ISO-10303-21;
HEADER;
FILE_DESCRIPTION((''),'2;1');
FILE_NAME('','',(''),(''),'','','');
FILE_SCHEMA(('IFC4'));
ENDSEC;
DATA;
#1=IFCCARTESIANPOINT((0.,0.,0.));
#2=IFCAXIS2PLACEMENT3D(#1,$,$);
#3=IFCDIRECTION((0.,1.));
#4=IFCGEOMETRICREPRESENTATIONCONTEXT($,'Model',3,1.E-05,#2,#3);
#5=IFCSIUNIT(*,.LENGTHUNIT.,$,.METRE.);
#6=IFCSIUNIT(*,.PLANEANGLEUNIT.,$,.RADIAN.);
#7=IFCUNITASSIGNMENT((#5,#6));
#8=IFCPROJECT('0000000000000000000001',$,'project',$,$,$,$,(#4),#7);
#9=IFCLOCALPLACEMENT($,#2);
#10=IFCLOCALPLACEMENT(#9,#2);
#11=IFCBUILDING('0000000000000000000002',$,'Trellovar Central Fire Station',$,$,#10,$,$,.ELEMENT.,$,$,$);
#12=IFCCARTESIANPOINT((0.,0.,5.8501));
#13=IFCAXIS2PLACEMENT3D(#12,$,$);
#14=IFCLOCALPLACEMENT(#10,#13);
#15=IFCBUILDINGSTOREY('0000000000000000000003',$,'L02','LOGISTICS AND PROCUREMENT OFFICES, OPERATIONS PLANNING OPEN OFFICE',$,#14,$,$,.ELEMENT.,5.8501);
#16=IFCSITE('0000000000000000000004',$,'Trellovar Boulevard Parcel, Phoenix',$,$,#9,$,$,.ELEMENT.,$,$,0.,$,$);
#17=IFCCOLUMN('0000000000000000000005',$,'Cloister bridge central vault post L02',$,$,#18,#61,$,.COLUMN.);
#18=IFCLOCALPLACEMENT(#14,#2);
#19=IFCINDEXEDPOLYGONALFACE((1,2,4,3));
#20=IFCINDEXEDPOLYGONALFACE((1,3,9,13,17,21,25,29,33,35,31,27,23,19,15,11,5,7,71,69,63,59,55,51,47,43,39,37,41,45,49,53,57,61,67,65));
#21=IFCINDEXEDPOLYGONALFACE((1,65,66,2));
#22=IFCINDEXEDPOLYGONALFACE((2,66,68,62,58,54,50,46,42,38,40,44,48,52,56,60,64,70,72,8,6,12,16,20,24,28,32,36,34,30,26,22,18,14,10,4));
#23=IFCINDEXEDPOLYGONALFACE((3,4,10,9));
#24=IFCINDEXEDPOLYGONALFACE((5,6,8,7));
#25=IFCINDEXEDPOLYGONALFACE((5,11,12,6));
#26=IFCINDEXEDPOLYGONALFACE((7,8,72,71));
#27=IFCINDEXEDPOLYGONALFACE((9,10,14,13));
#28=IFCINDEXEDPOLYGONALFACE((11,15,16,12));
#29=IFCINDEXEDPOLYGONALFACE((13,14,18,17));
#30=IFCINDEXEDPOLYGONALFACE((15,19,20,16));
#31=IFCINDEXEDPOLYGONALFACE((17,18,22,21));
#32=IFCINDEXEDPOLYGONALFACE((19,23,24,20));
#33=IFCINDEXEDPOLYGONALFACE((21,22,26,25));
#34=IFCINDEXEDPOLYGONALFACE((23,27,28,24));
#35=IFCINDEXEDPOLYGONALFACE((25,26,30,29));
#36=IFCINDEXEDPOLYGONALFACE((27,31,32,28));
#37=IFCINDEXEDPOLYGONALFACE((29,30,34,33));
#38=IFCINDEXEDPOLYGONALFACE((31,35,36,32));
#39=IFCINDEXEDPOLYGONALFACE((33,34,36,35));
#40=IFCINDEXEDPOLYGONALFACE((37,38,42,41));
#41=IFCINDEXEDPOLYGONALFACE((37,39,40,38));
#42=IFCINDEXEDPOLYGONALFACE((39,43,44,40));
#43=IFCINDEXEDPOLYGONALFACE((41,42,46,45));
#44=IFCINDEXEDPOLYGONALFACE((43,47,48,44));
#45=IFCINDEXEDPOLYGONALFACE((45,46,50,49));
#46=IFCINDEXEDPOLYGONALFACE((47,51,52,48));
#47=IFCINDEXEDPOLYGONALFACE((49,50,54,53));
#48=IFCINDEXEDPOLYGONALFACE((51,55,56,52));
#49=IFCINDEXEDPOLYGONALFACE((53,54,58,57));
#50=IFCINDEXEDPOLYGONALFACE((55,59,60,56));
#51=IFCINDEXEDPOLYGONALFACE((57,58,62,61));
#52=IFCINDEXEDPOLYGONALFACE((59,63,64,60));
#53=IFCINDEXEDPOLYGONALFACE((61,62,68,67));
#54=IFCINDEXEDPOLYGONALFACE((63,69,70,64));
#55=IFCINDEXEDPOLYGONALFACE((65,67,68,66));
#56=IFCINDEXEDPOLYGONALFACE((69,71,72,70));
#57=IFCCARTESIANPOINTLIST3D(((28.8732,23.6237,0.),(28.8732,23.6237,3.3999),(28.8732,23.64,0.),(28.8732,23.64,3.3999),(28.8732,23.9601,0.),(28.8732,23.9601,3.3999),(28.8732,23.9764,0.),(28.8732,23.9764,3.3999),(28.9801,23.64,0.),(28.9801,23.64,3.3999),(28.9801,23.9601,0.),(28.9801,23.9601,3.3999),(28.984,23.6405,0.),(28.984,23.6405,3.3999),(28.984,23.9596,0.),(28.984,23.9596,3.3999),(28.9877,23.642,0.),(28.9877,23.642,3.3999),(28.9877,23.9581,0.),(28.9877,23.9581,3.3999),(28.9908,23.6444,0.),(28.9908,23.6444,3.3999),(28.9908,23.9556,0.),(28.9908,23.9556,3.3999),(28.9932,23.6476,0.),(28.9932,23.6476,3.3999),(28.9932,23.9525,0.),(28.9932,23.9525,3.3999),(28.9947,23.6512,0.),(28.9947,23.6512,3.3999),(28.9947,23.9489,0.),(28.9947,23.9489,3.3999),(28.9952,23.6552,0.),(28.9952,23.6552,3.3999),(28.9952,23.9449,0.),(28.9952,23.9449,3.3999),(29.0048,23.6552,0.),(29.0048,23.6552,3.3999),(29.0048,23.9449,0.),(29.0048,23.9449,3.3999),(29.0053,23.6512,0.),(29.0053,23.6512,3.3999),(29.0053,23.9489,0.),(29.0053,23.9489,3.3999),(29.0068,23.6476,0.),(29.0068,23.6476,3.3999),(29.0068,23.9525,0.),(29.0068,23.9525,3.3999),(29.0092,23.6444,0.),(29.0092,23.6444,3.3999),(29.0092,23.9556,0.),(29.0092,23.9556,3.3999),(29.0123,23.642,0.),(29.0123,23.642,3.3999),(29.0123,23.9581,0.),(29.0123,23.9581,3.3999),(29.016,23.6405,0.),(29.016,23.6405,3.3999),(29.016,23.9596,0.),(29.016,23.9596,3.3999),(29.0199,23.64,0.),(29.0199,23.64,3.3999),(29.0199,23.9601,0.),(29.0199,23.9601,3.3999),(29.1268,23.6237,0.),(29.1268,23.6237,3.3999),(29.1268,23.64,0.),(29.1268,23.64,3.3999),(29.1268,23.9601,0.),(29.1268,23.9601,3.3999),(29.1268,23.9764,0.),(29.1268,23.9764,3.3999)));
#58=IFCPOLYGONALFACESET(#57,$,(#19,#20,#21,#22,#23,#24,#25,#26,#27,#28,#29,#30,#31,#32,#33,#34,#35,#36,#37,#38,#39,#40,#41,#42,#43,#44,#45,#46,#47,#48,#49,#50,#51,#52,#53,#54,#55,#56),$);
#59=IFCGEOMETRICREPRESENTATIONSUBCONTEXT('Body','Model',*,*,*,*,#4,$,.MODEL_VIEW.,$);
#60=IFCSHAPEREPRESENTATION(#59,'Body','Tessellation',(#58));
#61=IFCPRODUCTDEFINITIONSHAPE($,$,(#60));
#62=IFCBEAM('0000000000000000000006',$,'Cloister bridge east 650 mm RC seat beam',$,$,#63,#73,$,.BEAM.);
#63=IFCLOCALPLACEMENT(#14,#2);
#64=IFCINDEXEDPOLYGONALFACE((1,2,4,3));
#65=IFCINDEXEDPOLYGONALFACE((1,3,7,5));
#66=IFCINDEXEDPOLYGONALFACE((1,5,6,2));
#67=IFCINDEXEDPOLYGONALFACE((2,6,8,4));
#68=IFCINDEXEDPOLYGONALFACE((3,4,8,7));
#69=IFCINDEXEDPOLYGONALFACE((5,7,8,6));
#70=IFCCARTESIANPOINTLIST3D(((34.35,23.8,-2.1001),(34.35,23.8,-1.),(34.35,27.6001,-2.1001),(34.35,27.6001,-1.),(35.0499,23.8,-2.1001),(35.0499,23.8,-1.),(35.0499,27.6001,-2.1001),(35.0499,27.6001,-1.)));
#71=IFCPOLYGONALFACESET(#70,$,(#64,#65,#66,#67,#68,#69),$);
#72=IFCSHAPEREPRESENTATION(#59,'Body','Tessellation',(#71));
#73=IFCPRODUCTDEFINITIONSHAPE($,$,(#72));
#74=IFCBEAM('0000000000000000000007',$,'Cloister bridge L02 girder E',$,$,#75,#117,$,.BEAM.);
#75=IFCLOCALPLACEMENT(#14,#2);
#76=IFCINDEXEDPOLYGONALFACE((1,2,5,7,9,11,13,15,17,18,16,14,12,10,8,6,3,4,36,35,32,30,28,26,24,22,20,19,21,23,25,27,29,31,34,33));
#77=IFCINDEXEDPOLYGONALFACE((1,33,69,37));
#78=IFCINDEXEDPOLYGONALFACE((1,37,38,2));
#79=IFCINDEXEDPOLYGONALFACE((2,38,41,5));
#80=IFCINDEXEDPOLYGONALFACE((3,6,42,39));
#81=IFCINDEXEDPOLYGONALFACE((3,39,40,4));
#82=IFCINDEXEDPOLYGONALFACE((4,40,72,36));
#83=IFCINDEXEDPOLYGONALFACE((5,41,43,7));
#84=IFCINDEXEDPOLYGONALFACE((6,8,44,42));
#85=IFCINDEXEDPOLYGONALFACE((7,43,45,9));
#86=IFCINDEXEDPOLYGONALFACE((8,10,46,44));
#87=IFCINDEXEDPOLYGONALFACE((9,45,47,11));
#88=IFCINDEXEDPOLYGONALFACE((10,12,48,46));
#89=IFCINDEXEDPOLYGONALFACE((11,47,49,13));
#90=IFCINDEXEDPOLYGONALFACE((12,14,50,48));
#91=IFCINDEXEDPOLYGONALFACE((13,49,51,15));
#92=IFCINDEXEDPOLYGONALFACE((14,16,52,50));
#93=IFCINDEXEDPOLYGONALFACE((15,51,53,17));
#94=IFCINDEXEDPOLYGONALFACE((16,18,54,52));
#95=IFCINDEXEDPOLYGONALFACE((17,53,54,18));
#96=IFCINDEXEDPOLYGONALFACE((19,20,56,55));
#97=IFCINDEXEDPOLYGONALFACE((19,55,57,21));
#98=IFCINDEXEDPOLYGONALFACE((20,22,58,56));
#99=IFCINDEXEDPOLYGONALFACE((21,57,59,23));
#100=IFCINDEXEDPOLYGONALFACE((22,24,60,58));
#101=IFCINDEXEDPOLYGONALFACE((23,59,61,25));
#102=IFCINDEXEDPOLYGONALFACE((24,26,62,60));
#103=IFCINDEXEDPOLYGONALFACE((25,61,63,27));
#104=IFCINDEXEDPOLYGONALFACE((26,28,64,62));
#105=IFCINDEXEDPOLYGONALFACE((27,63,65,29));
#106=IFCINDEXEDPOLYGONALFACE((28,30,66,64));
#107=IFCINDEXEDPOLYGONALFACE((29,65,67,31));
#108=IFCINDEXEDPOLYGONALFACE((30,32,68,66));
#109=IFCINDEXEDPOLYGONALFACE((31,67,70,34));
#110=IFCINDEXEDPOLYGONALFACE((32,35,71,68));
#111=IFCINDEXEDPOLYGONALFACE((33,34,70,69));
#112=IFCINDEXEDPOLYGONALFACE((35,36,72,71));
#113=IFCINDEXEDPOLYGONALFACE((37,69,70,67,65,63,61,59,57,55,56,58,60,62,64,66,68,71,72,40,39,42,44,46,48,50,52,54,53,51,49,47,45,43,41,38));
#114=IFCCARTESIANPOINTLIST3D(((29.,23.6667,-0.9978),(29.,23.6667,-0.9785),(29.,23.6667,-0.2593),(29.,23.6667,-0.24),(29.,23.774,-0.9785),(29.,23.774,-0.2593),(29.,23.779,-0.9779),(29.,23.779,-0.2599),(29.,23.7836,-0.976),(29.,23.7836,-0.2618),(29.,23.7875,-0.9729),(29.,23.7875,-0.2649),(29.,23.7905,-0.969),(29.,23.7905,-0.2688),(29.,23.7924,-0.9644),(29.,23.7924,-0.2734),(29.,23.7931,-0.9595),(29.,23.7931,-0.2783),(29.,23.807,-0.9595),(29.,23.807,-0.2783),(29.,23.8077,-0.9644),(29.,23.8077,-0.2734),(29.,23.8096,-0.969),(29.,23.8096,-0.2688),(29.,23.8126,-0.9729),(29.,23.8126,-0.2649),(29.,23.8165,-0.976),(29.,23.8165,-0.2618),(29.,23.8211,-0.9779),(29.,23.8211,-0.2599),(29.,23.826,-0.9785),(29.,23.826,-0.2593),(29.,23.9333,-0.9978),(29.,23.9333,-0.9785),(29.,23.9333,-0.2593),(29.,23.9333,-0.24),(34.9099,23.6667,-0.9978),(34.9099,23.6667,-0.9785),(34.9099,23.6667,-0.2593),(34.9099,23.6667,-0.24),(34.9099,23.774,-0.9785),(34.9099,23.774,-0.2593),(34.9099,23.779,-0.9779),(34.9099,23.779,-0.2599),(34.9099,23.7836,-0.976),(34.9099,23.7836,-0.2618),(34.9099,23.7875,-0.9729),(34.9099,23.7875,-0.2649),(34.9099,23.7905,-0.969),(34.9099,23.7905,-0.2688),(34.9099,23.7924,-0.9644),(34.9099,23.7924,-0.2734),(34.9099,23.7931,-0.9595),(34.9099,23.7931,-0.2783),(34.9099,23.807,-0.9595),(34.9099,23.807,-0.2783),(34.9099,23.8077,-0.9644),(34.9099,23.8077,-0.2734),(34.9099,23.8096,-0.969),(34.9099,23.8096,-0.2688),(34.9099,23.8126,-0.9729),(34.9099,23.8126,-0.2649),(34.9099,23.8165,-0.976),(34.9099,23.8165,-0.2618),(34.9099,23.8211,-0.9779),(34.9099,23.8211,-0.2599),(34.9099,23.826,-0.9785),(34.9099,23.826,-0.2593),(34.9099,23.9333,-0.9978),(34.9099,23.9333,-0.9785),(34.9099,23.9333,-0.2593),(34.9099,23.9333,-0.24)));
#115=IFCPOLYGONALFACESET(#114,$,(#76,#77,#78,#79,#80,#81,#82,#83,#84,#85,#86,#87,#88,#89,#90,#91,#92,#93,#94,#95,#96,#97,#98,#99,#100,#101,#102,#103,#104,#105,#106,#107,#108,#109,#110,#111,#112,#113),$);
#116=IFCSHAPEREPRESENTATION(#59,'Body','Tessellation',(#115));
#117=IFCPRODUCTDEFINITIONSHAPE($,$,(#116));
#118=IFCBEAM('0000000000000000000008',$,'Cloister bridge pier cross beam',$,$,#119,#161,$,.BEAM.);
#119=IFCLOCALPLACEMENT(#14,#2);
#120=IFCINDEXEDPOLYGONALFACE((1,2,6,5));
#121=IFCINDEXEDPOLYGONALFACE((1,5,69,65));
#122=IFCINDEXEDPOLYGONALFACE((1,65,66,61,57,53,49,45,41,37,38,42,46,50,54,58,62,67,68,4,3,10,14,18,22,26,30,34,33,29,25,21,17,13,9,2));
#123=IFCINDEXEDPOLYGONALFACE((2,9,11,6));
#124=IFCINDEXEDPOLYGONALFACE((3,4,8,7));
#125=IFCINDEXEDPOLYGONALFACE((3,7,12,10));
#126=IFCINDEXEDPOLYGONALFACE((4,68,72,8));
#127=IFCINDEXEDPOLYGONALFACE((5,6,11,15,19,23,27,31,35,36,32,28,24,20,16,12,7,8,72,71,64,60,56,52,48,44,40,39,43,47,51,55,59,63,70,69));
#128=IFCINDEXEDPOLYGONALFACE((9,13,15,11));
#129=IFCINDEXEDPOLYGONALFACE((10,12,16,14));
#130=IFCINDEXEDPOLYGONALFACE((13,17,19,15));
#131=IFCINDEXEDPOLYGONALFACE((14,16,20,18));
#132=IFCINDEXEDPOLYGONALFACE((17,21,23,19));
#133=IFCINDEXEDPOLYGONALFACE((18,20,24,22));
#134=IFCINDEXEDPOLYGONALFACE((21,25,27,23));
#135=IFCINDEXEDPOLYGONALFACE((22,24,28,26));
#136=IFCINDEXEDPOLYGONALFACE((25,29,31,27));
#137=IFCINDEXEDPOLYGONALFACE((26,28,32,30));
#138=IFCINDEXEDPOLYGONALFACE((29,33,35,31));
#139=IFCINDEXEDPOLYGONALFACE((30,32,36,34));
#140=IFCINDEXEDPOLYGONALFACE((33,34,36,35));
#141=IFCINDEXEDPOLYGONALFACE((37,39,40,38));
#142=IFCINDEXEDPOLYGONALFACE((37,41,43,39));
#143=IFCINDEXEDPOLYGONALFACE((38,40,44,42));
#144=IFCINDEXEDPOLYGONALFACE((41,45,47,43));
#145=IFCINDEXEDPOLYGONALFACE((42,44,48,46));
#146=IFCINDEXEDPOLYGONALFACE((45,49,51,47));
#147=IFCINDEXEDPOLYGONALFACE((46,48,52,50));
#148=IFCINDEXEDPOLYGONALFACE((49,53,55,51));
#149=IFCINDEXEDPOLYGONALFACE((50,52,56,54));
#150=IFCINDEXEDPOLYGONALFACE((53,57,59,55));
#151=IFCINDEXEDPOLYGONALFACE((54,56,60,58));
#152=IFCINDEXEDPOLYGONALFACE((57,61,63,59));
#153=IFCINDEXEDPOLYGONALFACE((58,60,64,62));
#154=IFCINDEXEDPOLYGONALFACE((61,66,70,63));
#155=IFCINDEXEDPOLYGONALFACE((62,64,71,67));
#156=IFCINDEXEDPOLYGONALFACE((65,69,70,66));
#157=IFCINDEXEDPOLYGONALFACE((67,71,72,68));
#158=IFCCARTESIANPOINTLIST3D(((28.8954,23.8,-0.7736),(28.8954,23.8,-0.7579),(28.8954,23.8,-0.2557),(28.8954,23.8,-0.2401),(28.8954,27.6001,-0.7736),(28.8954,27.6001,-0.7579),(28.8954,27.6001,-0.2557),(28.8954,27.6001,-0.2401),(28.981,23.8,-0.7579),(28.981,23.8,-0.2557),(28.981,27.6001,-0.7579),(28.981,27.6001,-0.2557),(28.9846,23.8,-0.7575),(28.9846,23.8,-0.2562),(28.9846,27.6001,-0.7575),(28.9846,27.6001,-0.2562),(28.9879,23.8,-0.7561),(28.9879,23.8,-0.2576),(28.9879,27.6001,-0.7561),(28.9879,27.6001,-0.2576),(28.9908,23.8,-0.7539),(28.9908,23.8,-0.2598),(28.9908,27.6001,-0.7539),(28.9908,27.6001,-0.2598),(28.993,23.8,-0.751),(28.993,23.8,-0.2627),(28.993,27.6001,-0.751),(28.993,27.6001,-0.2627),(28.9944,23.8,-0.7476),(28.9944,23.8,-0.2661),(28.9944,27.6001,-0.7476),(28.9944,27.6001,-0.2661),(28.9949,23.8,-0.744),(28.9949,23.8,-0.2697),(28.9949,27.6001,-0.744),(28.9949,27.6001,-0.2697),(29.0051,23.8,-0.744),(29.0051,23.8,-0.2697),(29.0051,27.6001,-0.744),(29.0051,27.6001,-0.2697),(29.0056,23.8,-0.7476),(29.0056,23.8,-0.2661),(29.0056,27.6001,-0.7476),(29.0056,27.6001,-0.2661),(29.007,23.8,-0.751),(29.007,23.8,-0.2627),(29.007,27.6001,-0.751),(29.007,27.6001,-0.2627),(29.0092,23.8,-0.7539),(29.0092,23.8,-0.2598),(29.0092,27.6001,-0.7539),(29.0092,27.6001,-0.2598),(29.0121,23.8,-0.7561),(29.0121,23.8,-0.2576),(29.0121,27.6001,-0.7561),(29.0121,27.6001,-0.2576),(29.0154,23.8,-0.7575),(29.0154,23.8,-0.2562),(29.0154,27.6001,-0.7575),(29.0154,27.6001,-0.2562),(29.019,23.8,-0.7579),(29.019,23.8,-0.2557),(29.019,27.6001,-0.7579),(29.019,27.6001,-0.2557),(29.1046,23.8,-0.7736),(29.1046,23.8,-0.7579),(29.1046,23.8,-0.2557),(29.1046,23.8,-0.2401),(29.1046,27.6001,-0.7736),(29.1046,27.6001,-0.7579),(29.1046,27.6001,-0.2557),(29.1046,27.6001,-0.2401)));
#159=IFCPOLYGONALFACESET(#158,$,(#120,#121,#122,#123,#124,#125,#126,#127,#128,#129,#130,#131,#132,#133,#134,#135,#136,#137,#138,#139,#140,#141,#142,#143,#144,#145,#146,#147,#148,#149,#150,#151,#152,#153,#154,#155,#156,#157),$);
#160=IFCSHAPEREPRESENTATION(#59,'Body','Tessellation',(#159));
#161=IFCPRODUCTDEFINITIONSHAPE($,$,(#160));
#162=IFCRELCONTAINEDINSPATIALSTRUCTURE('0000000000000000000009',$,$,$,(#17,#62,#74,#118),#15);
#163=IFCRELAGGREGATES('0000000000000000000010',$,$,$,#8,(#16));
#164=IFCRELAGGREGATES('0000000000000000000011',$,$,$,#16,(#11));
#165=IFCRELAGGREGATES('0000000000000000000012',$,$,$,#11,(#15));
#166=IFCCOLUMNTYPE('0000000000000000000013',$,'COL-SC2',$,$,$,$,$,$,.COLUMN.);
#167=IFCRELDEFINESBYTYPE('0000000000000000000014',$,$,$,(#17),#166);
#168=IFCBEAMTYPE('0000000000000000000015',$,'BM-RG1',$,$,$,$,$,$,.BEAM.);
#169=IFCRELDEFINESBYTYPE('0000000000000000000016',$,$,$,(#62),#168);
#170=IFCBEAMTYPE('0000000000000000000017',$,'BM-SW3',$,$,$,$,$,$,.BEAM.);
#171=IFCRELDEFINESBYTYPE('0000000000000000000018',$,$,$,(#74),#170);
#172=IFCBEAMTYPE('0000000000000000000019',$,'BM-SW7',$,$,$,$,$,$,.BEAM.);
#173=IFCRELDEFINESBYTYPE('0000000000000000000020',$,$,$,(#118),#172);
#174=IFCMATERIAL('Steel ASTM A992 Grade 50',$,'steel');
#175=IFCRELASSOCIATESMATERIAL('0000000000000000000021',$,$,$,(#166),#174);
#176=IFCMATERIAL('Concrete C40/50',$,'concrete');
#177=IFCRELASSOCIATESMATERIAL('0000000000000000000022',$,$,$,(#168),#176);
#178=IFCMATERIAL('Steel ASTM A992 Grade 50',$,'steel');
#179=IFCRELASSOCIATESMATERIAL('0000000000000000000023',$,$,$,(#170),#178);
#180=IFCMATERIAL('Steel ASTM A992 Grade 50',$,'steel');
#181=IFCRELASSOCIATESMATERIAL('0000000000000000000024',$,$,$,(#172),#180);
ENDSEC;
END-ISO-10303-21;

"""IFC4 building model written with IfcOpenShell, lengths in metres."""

from ifc_helpers import new_model, si_unit, direction, frame, origin, origin_2d, place, context, subcontext, project, spatial, rectangle, i_section, extrude, material, material_profile, profile_set, type_object, element, save


model = new_model("IFC4")

# Units and contexts
model_context = context("Model", 3, precision=1e-05, world=origin(), true_north=direction((0.0, 1.0)))
body_context = subcontext(model_context, "Body", "Model", "MODEL_VIEW")
ifc_project = project(units=[si_unit("LENGTHUNIT", "METRE"), si_unit("PLANEANGLEUNIT", "RADIAN")], contexts=[model_context])

# Site, building, storey
site_placement = place(None, origin())
site = spatial("IfcSite", under=ifc_project, at=site_placement, Name="Trellovar Boulevard Parcel, Phoenix", CompositionType="ELEMENT", RefElevation=0.0)
building_placement = place(site_placement, origin())
building = spatial("IfcBuilding", under=site, at=building_placement, Name="Trellovar Central Fire Station", CompositionType="ELEMENT")
storey_placement = place(building_placement, frame((0.0, 0.0, 5.8501)))
storey = spatial("IfcBuildingStorey", under=building, at=storey_placement, Name="L02", Description="LOGISTICS AND PROCUREMENT OFFICES, OPERATIONS PLANNING OPEN OFFICE", CompositionType="ELEMENT", Elevation=5.8501)

# Column
ifc_material_1 = material(Name="Steel ASTM A992 Grade 50", Category="steel")
ifc_material_profile_1 = material_profile(ifc_material_1, i_section(OverallWidth=0.2537, OverallDepth=0.3528, WebThickness=0.0095, FlangeThickness=0.0164, FilletRadius=0.0151, at=origin_2d()), Name="W14X61")
ifc_profile_set_1 = profile_set([ifc_material_profile_1], Name="Steel ASTM A992 Grade 50")
column_type = type_object("IfcColumnType", Name="COL-SC2", PredefinedType="COLUMN", material=ifc_profile_set_1)
column_placement = place(storey_placement, frame((29.0, 23.8, 0.0), z_axis=(0.0, 0.0, 1.0), x_axis=(1.0, 0.0, 0.0)))
element("IfcColumn", 1, at=column_placement, inside=storey, type_object=column_type, Name="Cloister bridge central vault post L02", PredefinedType="COLUMN", context=body_context, shape_type="SweptSolid", body=[
    extrude(i_section(OverallWidth=0.2537, OverallDepth=0.3528, WebThickness=0.0095, FlangeThickness=0.0164, FilletRadius=0.0151, at=origin_2d()), origin(), (0.0, 0.0, 1.0), 3.3999),
])

# Beams
ifc_material_2 = material(Name="Concrete C40/50", Category="concrete")
ifc_material_profile_2 = material_profile(ifc_material_2, rectangle(XDim=0.7, YDim=1.1001, at=origin_2d()), Name="RC700X1100")
ifc_profile_set_2 = profile_set([ifc_material_profile_2], Name="Concrete C40/50")
beam_type_1 = type_object("IfcBeamType", Name="BM-RG1", PredefinedType="BEAM", material=ifc_profile_set_2)
beam_1_placement = place(storey_placement, frame((34.7, 23.8, -1.55), z_axis=(0.0, 1.0, 0.0), x_axis=(-1.0, 0.0, 0.0)))
element("IfcBeam", 2, at=beam_1_placement, inside=storey, type_object=beam_type_1, Name="Cloister bridge east 650 mm RC seat beam", PredefinedType="BEAM", context=body_context, shape_type="SweptSolid", body=[
    extrude(rectangle(XDim=0.7, YDim=1.1001, at=origin_2d()), origin(), (0.0, 0.0, 1.0), 3.8),
])
ifc_material_3 = material(Name="Steel ASTM A992 Grade 50", Category="steel")
ifc_material_profile_3 = material_profile(ifc_material_3, i_section(OverallWidth=0.2666, OverallDepth=0.7578, WebThickness=0.0139, FlangeThickness=0.0193, FilletRadius=0.019, at=origin_2d()), Name="W30X108")
ifc_profile_set_3 = profile_set([ifc_material_profile_3], Name="Steel ASTM A992 Grade 50")
beam_type_2 = type_object("IfcBeamType", Name="BM-SW3", PredefinedType="BEAM", material=ifc_profile_set_3)
beam_2_placement = place(storey_placement, frame((29.0, 23.8, -0.6189), z_axis=(1.0, 0.0, 0.0), x_axis=(0.0, 1.0, 0.0)))
element("IfcBeam", 3, at=beam_2_placement, inside=storey, type_object=beam_type_2, Name="Cloister bridge L02 girder E", PredefinedType="BEAM", context=body_context, shape_type="SweptSolid", body=[
    extrude(i_section(OverallWidth=0.2666, OverallDepth=0.7578, WebThickness=0.0139, FlangeThickness=0.0193, FilletRadius=0.019, at=origin_2d()), origin(), (0.0, 0.0, 1.0), 5.9099),
])
ifc_material_4 = material(Name="Steel ASTM A992 Grade 50", Category="steel")
ifc_material_profile_4 = material_profile(ifc_material_4, i_section(OverallWidth=0.2092, OverallDepth=0.5334, WebThickness=0.0103, FlangeThickness=0.0156, FilletRadius=0.0139, at=origin_2d()), Name="W21X62")
ifc_profile_set_4 = profile_set([ifc_material_profile_4], Name="Steel ASTM A992 Grade 50")
beam_type_3 = type_object("IfcBeamType", Name="BM-SW7", PredefinedType="BEAM", material=ifc_profile_set_4)
for number, where, z_axis, x_axis, name in (
    (4, (29.0, 23.8, -0.5068), (0.0, 1.0, 0.0), (-1.0, 0.0, 0.0), "Cloister bridge pier cross beam"),
):
    element("IfcBeam", number, at=place(storey_placement, frame(where, z_axis=z_axis, x_axis=x_axis)), inside=storey, type_object=beam_type_3, Name=name, PredefinedType="BEAM", context=body_context, shape_type="SweptSolid", body=[
        extrude(i_section(OverallWidth=0.2092, OverallDepth=0.5334, WebThickness=0.0103, FlangeThickness=0.0156, FilletRadius=0.0139, at=origin_2d()), origin(), (0.0, 0.0, 1.0), 3.8),
    ])

save(model, "model.ifc")
